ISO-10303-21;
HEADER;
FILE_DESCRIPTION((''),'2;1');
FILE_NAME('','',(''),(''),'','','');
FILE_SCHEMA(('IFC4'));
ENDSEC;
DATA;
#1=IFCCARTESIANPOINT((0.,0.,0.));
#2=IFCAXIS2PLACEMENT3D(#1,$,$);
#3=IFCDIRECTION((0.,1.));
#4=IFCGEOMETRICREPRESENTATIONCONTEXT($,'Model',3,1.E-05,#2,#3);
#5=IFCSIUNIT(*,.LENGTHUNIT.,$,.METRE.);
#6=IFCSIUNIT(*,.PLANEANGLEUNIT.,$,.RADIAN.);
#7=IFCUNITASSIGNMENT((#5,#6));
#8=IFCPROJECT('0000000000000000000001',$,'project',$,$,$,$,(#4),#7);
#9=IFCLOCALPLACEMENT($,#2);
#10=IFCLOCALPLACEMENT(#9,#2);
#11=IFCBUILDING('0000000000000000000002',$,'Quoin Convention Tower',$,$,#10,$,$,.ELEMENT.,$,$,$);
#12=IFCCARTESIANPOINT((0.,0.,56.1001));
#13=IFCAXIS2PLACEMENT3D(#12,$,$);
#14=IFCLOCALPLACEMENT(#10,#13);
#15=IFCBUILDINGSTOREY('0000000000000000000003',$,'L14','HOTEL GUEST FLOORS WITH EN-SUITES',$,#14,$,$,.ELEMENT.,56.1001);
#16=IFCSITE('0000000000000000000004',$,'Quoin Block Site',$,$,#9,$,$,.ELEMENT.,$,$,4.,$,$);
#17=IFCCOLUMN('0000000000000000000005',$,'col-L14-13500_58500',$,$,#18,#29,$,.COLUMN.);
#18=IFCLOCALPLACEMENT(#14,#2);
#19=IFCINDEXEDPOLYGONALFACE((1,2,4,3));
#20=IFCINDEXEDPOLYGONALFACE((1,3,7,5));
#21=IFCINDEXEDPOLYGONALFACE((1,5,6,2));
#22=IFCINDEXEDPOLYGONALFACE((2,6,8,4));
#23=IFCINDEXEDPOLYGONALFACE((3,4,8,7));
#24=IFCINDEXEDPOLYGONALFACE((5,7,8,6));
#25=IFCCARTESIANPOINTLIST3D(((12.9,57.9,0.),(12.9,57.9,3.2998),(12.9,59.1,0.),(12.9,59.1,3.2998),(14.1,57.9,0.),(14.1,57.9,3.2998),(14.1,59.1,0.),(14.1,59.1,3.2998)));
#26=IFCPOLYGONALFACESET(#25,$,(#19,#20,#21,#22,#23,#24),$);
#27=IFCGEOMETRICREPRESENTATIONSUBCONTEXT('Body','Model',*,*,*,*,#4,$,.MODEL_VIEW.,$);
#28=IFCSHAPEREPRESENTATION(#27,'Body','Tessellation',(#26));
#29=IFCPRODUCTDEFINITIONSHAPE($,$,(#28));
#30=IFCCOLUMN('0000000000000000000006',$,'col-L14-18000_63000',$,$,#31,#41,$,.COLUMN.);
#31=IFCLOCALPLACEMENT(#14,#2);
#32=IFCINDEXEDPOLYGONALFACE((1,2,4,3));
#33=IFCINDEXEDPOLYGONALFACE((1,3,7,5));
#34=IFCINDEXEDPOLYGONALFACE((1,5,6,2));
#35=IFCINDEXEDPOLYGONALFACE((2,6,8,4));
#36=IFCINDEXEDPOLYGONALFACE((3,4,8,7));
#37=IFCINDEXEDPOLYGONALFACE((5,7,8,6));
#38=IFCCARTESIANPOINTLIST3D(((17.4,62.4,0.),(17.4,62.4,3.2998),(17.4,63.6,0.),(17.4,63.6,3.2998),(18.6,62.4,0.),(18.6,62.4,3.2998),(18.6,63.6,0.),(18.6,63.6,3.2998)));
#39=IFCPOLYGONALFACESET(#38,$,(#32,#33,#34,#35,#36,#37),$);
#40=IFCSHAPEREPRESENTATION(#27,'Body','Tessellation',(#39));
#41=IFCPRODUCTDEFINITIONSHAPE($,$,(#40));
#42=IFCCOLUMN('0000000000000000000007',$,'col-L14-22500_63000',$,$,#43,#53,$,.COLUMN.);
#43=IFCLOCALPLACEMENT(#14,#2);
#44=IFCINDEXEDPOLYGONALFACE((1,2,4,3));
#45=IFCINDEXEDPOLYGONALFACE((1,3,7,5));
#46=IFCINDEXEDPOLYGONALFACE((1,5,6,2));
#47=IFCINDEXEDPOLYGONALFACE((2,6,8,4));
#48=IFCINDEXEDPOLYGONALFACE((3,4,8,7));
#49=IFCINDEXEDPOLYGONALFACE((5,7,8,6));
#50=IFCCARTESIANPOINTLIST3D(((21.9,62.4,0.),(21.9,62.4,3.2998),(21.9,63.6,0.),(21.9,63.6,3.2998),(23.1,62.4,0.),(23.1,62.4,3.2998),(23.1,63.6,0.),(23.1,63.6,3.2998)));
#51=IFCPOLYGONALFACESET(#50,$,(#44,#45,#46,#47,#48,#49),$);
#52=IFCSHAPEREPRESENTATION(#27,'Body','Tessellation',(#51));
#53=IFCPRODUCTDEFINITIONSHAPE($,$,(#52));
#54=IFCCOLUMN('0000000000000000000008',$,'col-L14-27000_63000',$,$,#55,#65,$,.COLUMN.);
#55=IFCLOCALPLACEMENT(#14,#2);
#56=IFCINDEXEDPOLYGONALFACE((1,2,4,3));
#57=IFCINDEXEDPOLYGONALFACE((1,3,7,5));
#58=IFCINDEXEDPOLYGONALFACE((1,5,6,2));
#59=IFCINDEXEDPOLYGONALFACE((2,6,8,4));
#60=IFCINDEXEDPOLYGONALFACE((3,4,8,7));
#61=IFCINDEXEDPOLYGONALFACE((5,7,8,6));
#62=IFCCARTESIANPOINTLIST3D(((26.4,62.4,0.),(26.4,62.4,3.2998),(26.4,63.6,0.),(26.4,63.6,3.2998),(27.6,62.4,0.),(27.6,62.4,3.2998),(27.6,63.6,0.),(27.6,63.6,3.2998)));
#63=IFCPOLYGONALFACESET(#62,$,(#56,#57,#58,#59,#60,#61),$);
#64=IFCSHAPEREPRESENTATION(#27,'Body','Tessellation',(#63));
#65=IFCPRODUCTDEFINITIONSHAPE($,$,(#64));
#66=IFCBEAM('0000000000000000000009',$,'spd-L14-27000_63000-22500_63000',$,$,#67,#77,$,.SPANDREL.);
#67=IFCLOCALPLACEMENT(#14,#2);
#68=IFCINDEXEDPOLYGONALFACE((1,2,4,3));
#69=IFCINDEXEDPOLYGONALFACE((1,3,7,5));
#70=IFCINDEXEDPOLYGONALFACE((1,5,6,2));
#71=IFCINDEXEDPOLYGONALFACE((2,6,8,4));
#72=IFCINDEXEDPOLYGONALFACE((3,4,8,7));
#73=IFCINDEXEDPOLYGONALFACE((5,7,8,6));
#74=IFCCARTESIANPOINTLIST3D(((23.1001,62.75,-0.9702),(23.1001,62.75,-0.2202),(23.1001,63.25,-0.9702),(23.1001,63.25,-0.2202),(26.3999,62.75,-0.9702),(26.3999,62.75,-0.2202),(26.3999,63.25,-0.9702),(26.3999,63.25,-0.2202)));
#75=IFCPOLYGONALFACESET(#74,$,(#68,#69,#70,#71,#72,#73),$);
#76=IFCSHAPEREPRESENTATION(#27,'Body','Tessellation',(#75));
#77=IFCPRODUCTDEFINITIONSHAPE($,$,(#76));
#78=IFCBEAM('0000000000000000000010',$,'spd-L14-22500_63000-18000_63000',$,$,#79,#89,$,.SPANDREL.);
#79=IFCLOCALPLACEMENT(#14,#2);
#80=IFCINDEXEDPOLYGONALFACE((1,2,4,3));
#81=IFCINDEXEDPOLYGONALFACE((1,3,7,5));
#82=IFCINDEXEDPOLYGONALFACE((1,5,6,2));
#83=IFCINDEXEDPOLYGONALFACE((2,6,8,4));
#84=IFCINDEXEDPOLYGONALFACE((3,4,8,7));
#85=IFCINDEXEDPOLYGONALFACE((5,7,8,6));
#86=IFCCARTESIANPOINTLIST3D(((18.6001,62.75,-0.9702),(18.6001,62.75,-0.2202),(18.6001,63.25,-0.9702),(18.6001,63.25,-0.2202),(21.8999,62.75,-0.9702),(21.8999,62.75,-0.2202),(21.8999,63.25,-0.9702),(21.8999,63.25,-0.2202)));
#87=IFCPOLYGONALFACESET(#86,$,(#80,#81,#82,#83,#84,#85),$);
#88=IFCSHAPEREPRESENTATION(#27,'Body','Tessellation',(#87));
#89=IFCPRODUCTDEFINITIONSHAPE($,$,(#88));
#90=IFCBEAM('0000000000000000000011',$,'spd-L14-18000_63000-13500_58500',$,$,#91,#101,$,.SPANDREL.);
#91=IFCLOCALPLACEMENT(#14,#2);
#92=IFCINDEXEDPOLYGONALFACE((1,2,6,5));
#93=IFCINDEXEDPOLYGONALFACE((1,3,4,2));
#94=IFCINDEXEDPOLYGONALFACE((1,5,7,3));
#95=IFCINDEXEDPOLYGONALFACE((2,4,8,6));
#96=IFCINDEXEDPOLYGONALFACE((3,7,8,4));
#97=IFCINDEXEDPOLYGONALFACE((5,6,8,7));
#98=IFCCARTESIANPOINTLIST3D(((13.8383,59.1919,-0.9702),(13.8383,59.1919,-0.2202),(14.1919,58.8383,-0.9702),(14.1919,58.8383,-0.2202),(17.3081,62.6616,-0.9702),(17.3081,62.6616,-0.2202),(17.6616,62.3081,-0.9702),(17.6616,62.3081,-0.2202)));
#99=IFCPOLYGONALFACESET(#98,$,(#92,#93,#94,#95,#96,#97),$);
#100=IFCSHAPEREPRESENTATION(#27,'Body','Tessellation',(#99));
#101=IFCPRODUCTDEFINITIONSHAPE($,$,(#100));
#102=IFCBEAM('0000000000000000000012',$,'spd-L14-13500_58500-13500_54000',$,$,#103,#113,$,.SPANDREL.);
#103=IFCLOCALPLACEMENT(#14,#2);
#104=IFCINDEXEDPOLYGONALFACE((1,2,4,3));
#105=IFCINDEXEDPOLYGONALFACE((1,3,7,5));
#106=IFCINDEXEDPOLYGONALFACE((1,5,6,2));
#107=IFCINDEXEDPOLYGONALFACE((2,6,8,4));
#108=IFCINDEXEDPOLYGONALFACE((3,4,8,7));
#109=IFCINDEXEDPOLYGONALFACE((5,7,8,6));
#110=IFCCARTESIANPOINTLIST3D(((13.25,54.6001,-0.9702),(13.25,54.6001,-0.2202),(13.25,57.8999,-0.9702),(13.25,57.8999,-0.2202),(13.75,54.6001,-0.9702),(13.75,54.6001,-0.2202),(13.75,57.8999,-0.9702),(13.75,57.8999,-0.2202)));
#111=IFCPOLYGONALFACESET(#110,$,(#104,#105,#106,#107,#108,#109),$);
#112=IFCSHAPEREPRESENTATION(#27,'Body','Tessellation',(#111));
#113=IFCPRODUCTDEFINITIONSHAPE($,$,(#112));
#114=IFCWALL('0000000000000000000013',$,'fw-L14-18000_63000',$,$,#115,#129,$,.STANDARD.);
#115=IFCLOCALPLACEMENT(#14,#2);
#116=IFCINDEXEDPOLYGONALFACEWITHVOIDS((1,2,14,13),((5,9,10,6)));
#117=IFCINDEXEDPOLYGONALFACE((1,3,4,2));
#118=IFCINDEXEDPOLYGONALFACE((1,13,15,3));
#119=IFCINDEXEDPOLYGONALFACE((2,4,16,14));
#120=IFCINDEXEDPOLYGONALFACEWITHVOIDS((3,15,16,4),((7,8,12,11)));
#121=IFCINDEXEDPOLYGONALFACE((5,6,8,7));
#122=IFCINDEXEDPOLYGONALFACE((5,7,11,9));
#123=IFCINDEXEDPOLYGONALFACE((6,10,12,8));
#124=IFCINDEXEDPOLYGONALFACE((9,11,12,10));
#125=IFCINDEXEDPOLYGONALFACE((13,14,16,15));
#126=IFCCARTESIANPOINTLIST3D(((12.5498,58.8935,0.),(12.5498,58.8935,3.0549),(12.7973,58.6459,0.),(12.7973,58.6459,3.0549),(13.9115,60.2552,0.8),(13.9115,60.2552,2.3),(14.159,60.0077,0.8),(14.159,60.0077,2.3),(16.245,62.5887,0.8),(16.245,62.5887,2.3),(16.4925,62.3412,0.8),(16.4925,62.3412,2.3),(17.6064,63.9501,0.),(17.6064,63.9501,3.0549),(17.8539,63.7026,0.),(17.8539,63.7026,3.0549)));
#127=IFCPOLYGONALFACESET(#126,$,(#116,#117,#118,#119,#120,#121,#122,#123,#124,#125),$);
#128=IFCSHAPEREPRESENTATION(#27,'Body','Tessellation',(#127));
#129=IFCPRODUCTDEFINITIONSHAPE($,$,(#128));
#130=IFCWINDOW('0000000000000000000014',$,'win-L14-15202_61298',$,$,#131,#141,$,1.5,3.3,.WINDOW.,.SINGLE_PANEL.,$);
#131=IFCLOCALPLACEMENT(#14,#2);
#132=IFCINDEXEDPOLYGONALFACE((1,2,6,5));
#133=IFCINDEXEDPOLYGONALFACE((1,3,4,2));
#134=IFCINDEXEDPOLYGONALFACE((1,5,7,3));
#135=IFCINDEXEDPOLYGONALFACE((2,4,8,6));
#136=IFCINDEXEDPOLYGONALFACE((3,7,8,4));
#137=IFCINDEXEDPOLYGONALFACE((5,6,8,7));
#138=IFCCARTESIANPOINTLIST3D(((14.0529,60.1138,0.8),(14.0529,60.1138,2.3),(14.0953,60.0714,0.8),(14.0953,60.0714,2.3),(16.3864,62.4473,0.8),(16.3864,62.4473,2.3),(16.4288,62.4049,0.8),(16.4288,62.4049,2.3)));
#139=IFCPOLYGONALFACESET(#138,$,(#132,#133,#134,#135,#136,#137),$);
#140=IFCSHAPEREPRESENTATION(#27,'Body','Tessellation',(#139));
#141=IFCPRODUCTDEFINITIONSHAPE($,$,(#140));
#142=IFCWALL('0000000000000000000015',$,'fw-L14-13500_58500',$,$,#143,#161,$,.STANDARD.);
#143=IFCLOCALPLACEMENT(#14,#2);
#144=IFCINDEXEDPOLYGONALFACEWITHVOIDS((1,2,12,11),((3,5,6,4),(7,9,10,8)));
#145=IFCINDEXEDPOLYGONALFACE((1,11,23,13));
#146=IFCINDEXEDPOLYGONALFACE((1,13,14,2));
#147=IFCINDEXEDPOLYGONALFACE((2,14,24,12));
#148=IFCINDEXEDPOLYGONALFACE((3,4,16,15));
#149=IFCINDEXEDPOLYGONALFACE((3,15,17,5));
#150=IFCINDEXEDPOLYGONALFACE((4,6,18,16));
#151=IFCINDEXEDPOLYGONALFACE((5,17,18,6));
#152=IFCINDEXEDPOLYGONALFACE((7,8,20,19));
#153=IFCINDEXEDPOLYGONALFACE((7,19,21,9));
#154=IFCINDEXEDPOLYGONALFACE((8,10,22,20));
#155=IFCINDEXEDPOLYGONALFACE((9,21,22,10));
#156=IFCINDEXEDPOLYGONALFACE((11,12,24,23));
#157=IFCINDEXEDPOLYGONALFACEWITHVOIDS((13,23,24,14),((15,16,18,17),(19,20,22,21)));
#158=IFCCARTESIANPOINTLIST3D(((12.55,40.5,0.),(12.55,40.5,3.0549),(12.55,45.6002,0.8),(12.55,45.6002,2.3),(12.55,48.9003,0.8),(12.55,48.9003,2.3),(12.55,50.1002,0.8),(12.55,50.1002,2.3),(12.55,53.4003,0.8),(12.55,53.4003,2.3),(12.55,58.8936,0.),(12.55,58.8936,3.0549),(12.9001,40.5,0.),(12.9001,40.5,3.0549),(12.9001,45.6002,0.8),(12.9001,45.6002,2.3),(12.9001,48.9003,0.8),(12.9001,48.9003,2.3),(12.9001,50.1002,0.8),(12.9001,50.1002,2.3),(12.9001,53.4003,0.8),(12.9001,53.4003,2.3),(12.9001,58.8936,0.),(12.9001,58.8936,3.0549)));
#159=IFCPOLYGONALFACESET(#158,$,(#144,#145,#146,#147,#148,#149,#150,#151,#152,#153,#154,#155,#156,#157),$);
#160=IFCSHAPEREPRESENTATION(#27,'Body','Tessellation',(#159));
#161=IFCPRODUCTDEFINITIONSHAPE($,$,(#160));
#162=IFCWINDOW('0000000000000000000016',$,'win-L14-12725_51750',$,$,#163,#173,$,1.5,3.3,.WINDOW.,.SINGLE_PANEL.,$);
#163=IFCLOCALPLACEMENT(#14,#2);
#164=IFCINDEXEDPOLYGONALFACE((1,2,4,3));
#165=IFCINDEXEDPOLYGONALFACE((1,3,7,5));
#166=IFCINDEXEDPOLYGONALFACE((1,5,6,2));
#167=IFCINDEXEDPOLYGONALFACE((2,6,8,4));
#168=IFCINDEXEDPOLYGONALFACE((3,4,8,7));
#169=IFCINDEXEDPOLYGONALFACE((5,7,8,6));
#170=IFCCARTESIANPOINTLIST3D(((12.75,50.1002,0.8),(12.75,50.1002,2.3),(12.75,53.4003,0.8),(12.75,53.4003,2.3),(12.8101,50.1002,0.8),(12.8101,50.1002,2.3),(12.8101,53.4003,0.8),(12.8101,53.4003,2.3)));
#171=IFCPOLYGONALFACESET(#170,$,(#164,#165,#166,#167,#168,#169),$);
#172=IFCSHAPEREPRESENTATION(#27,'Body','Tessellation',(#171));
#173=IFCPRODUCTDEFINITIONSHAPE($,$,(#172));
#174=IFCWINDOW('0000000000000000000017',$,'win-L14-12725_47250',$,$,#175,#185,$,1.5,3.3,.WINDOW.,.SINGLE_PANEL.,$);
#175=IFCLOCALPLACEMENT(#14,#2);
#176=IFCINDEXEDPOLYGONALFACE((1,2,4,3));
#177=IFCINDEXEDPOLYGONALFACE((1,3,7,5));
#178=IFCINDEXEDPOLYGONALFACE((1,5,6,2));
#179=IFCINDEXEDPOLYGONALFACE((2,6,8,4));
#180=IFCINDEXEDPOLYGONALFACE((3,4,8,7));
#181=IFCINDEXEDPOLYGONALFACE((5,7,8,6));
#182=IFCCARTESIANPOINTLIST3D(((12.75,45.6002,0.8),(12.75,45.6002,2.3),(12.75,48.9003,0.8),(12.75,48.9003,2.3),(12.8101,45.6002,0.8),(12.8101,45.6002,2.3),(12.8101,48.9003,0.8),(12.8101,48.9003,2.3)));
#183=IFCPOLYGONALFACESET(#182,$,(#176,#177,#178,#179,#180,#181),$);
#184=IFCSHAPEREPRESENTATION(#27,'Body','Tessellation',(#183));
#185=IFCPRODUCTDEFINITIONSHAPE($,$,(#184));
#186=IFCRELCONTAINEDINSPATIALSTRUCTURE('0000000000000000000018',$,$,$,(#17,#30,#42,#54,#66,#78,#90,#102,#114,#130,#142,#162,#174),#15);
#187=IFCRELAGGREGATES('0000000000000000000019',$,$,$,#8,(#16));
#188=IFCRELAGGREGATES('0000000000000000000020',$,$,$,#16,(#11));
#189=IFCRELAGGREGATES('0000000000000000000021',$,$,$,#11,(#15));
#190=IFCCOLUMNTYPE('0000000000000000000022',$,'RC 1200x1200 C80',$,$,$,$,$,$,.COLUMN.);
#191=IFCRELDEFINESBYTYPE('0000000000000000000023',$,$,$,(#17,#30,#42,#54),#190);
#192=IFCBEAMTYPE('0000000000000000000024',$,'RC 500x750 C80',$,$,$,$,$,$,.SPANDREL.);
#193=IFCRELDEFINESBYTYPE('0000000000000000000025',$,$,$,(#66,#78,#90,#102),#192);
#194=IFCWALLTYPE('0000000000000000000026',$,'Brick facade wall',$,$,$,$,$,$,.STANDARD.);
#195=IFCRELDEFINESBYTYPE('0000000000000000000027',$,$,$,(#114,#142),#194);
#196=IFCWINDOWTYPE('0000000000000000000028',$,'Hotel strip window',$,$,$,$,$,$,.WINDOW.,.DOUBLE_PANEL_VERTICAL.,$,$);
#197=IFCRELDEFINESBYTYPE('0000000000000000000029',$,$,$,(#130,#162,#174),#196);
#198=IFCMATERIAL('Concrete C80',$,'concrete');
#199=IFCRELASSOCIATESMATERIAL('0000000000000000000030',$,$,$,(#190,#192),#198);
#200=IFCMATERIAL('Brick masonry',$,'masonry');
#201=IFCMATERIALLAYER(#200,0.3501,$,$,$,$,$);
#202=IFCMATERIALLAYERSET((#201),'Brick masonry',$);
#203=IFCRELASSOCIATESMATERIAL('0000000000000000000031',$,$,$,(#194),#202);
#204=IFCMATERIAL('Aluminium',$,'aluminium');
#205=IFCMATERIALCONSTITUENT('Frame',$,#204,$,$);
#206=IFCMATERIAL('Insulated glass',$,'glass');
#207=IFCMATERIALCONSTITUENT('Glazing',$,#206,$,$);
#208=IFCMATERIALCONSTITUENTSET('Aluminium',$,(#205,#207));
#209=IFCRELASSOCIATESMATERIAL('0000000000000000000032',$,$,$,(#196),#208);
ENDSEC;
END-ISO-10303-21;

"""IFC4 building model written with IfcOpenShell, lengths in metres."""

from ifc_helpers import new_model, si_unit, direction, frame, frame_2d, origin, origin_2d, place, context, subcontext, project, spatial, rectangle, extrude, material, layer, layer_set, constituent, constituent_set, material_profile, profile_set, type_object, element, fill, save


model = new_model("IFC4")

# Units and contexts
model_context = context("Model", 3, precision=1e-05, world=origin(), true_north=direction((0.0, 1.0)))
body_context = subcontext(model_context, "Body", "Model", "MODEL_VIEW")
ifc_project = project(units=[si_unit("LENGTHUNIT", "METRE"), si_unit("PLANEANGLEUNIT", "RADIAN")], contexts=[model_context])

# Site, building, storey
site_placement = place(None, origin())
site = spatial("IfcSite", under=ifc_project, at=site_placement, Name="Quoin Block Site", CompositionType="ELEMENT", RefElevation=4.0)
building_placement = place(site_placement, origin())
building = spatial("IfcBuilding", under=site, at=building_placement, Name="Quoin Convention Tower", CompositionType="ELEMENT")
storey_placement = place(building_placement, frame((0.0, 0.0, 56.1001)))
storey = spatial("IfcBuildingStorey", under=building, at=storey_placement, Name="L14", Description="HOTEL GUEST FLOORS WITH EN-SUITES", CompositionType="ELEMENT", Elevation=56.1001)

# Columns
ifc_material_1 = material(Name="Concrete C80", Category="concrete")
ifc_material_profile_1 = material_profile(ifc_material_1, rectangle(XDim=1.2, YDim=1.2, at=origin_2d()), Name="RC 1200x1200")
ifc_profile_set_1 = profile_set([ifc_material_profile_1], Name="Concrete C80")
column_type = type_object("IfcColumnType", Name="RC 1200x1200 C80", PredefinedType="COLUMN", material=ifc_profile_set_1)
for number, where, z_axis, x_axis, name in (
    (1, (13.5, 58.5, 0.0), (0.0, 0.0, 1.0), (1.0, 0.0, 0.0), "col-L14-13500_58500"),
    (2, (18.0, 63.0, 0.0), (0.0, 0.0, 1.0), (1.0, 0.0, 0.0), "col-L14-18000_63000"),
    (3, (22.5, 63.0, 0.0), (0.0, 0.0, 1.0), (1.0, 0.0, 0.0), "col-L14-22500_63000"),
    (4, (27.0, 63.0, 0.0), (0.0, 0.0, 1.0), (1.0, 0.0, 0.0), "col-L14-27000_63000"),
):
    element("IfcColumn", number, at=place(storey_placement, frame(where, z_axis=z_axis, x_axis=x_axis)), inside=storey, type_object=column_type, Name=name, PredefinedType="COLUMN", context=body_context, shape_type="SweptSolid", body=[
        extrude(rectangle(XDim=1.2, YDim=1.2, at=origin_2d()), origin(), (0.0, 0.0, 1.0), 3.2998),
    ])

# Beams
ifc_material_profile_2 = material_profile(ifc_material_1, rectangle(XDim=0.5, YDim=0.75, at=origin_2d()), Name="RC 500x750")
ifc_profile_set_2 = profile_set([ifc_material_profile_2], Name="Concrete C80")
beam_type = type_object("IfcBeamType", Name="RC 500x750 C80", PredefinedType="SPANDREL", material=ifc_profile_set_2)
for number, where, z_axis, x_axis, name in (
    (5, (26.3999, 63.0, -0.5952), (-1.0, 0.0, 0.0), (0.0, -1.0, 0.0), "spd-L14-27000_63000-22500_63000"),
    (6, (21.8999, 63.0, -0.5952), (-1.0, 0.0, 0.0), (0.0, -1.0, 0.0), "spd-L14-22500_63000-18000_63000"),
):
    element("IfcBeam", number, at=place(storey_placement, frame(where, z_axis=z_axis, x_axis=x_axis)), inside=storey, type_object=beam_type, Name=name, PredefinedType="SPANDREL", context=body_context, shape_type="SweptSolid", body=[
        extrude(rectangle(XDim=0.5, YDim=0.75, at=origin_2d()), origin(), (0.0, 0.0, 1.0), 3.2998),
    ])
beam_1_placement = place(storey_placement, frame((17.4849, 62.4849, -0.5952), z_axis=(-0.707107, -0.707107, 0.0), x_axis=(0.707107, -0.707107, 0.0)))
element("IfcBeam", 7, at=beam_1_placement, inside=storey, type_object=beam_type, Name="spd-L14-18000_63000-13500_58500", PredefinedType="SPANDREL", context=body_context, shape_type="SweptSolid", body=[
    extrude(rectangle(XDim=0.5, YDim=0.75, at=origin_2d()), origin(), (0.0, 0.0, 1.0), 4.907),
])
beam_2_placement = place(storey_placement, frame((13.5, 57.8999, -0.5952), z_axis=(0.0, -1.0, 0.0), x_axis=(1.0, 0.0, 0.0)))
element("IfcBeam", 8, at=beam_2_placement, inside=storey, type_object=beam_type, Name="spd-L14-13500_58500-13500_54000", PredefinedType="SPANDREL", context=body_context, shape_type="SweptSolid", body=[
    extrude(rectangle(XDim=0.5, YDim=0.75, at=origin_2d()), origin(), (0.0, 0.0, 1.0), 3.2998),
])

# Wall, opening, window
ifc_material_2 = material(Name="Brick masonry", Category="masonry")
ifc_layer_1 = layer(ifc_material_2, 0.3501)
ifc_layer_set_1 = layer_set([ifc_layer_1], Name="Brick masonry")
wall_type_1 = type_object("IfcWallType", Name="Brick facade wall", PredefinedType="STANDARD", material=ifc_layer_set_1)
wall_1_placement = place(storey_placement, frame((17.7302, 63.8264, 0.0), z_axis=(0.0, 0.0, 1.0), x_axis=(-0.707107, -0.707107, 0.0)))
wall_1 = element("IfcWall", 9, at=wall_1_placement, inside=storey, type_object=wall_type_1, Name="fw-L14-18000_63000", PredefinedType="STANDARD", context=body_context, shape_type="SweptSolid", body=[
    extrude(rectangle(XDim=7.1511, YDim=0.3501, at=frame_2d((3.5757, 0.0))), origin(), (0.0, 0.0, 1.0), 3.0549),
])
opening_1_placement = place(wall_1_placement, frame((1.9255, 0.0, 0.8)))
opening_1 = element("IfcOpeningElement", 10, at=opening_1_placement, cuts=wall_1, PredefinedType="OPENING", context=body_context, shape_type="SweptSolid", body=[
    extrude(rectangle(XDim=3.3, YDim=1.5, at=frame_2d((1.6499, 0.75))), frame((0.0, 0.1851, 0.0), z_axis=(0.0, -1.0, 0.0), x_axis=(1.0, 0.0, 0.0)), (0.0, 0.0, 1.0), 0.3701),
])
ifc_material_3 = material(Name="Aluminium", Category="aluminium")
ifc_constituent_1 = constituent(ifc_material_3, Name="Frame")
ifc_material_4 = material(Name="Insulated glass", Category="glass")
ifc_constituent_2 = constituent(ifc_material_4, Name="Glazing")
ifc_constituent_set = constituent_set(constituents=[ifc_constituent_1, ifc_constituent_2], Name="Aluminium")
window_type = type_object("IfcWindowType", Name="Hotel strip window", PartitioningType="DOUBLE_PANEL_VERTICAL", PredefinedType="WINDOW", material=ifc_constituent_set)
window_1_placement = place(opening_1_placement, origin())
window_1 = element("IfcWindow", 11, at=window_1_placement, inside=storey, type_object=window_type, Name="win-L14-15202_61298", OverallHeight=1.5, OverallWidth=3.3, PartitioningType="SINGLE_PANEL", PredefinedType="WINDOW", context=body_context, shape_type="SweptSolid", body=[
    extrude(rectangle(XDim=3.3, YDim=1.5, at=frame_2d((1.6499, 0.75))), frame((0.0, 0.085, 0.0), z_axis=(0.0, -1.0, 0.0), x_axis=(1.0, 0.0, 0.0)), (0.0, 0.0, 1.0), 0.0601),
])
fill(opening_1, window_1)

# Wall, openings, windows
wall_2_placement = place(storey_placement, frame((12.7251, 58.8936, 0.0), z_axis=(0.0, 0.0, 1.0), x_axis=(0.0, -1.0, 0.0)))
wall_2 = element("IfcWall", 12, at=wall_2_placement, inside=storey, type_object=wall_type_1, Name="fw-L14-13500_58500", PredefinedType="STANDARD", context=body_context, shape_type="SweptSolid", body=[
    extrude(rectangle(XDim=18.3936, YDim=0.3501, at=frame_2d((9.1968, 0.0))), origin(), (0.0, 0.0, 1.0), 3.0549),
])
opening_2_placement = place(wall_2_placement, frame((5.4934, 0.0, 0.8)))
opening_2 = element("IfcOpeningElement", 13, at=opening_2_placement, cuts=wall_2, PredefinedType="OPENING", context=body_context, shape_type="SweptSolid", body=[
    extrude(rectangle(XDim=3.3, YDim=1.5, at=frame_2d((1.6499, 0.75))), frame((0.0, 0.1851, 0.0), z_axis=(0.0, -1.0, 0.0), x_axis=(1.0, 0.0, 0.0)), (0.0, 0.0, 1.0), 0.3701),
])
opening_3_placement = place(wall_2_placement, frame((9.9934, 0.0, 0.8)))
opening_3 = element("IfcOpeningElement", 14, at=opening_3_placement, cuts=wall_2, PredefinedType="OPENING", context=body_context, shape_type="SweptSolid", body=[
    extrude(rectangle(XDim=3.3, YDim=1.5, at=frame_2d((1.6499, 0.75))), frame((0.0, 0.1851, 0.0), z_axis=(0.0, -1.0, 0.0), x_axis=(1.0, 0.0, 0.0)), (0.0, 0.0, 1.0), 0.3701),
])
window_2_placement = place(opening_2_placement, origin())
window_2 = element("IfcWindow", 15, at=window_2_placement, inside=storey, type_object=window_type, Name="win-L14-12725_51750", OverallHeight=1.5, OverallWidth=3.3, PartitioningType="SINGLE_PANEL", PredefinedType="WINDOW", context=body_context, shape_type="SweptSolid", body=[
    extrude(rectangle(XDim=3.3, YDim=1.5, at=frame_2d((1.6499, 0.75))), frame((0.0, 0.085, 0.0), z_axis=(0.0, -1.0, 0.0), x_axis=(1.0, 0.0, 0.0)), (0.0, 0.0, 1.0), 0.0601),
])
fill(opening_2, window_2)
window_3_placement = place(opening_3_placement, origin())
window_3 = element("IfcWindow", 16, at=window_3_placement, inside=storey, type_object=window_type, Name="win-L14-12725_47250", OverallHeight=1.5, OverallWidth=3.3, PartitioningType="SINGLE_PANEL", PredefinedType="WINDOW", context=body_context, shape_type="SweptSolid", body=[
    extrude(rectangle(XDim=3.3, YDim=1.5, at=frame_2d((1.6499, 0.75))), frame((0.0, 0.085, 0.0), z_axis=(0.0, -1.0, 0.0), x_axis=(1.0, 0.0, 0.0)), (0.0, 0.0, 1.0), 0.0601),
])
fill(opening_3, window_3)

save(model, "model.ifc")
